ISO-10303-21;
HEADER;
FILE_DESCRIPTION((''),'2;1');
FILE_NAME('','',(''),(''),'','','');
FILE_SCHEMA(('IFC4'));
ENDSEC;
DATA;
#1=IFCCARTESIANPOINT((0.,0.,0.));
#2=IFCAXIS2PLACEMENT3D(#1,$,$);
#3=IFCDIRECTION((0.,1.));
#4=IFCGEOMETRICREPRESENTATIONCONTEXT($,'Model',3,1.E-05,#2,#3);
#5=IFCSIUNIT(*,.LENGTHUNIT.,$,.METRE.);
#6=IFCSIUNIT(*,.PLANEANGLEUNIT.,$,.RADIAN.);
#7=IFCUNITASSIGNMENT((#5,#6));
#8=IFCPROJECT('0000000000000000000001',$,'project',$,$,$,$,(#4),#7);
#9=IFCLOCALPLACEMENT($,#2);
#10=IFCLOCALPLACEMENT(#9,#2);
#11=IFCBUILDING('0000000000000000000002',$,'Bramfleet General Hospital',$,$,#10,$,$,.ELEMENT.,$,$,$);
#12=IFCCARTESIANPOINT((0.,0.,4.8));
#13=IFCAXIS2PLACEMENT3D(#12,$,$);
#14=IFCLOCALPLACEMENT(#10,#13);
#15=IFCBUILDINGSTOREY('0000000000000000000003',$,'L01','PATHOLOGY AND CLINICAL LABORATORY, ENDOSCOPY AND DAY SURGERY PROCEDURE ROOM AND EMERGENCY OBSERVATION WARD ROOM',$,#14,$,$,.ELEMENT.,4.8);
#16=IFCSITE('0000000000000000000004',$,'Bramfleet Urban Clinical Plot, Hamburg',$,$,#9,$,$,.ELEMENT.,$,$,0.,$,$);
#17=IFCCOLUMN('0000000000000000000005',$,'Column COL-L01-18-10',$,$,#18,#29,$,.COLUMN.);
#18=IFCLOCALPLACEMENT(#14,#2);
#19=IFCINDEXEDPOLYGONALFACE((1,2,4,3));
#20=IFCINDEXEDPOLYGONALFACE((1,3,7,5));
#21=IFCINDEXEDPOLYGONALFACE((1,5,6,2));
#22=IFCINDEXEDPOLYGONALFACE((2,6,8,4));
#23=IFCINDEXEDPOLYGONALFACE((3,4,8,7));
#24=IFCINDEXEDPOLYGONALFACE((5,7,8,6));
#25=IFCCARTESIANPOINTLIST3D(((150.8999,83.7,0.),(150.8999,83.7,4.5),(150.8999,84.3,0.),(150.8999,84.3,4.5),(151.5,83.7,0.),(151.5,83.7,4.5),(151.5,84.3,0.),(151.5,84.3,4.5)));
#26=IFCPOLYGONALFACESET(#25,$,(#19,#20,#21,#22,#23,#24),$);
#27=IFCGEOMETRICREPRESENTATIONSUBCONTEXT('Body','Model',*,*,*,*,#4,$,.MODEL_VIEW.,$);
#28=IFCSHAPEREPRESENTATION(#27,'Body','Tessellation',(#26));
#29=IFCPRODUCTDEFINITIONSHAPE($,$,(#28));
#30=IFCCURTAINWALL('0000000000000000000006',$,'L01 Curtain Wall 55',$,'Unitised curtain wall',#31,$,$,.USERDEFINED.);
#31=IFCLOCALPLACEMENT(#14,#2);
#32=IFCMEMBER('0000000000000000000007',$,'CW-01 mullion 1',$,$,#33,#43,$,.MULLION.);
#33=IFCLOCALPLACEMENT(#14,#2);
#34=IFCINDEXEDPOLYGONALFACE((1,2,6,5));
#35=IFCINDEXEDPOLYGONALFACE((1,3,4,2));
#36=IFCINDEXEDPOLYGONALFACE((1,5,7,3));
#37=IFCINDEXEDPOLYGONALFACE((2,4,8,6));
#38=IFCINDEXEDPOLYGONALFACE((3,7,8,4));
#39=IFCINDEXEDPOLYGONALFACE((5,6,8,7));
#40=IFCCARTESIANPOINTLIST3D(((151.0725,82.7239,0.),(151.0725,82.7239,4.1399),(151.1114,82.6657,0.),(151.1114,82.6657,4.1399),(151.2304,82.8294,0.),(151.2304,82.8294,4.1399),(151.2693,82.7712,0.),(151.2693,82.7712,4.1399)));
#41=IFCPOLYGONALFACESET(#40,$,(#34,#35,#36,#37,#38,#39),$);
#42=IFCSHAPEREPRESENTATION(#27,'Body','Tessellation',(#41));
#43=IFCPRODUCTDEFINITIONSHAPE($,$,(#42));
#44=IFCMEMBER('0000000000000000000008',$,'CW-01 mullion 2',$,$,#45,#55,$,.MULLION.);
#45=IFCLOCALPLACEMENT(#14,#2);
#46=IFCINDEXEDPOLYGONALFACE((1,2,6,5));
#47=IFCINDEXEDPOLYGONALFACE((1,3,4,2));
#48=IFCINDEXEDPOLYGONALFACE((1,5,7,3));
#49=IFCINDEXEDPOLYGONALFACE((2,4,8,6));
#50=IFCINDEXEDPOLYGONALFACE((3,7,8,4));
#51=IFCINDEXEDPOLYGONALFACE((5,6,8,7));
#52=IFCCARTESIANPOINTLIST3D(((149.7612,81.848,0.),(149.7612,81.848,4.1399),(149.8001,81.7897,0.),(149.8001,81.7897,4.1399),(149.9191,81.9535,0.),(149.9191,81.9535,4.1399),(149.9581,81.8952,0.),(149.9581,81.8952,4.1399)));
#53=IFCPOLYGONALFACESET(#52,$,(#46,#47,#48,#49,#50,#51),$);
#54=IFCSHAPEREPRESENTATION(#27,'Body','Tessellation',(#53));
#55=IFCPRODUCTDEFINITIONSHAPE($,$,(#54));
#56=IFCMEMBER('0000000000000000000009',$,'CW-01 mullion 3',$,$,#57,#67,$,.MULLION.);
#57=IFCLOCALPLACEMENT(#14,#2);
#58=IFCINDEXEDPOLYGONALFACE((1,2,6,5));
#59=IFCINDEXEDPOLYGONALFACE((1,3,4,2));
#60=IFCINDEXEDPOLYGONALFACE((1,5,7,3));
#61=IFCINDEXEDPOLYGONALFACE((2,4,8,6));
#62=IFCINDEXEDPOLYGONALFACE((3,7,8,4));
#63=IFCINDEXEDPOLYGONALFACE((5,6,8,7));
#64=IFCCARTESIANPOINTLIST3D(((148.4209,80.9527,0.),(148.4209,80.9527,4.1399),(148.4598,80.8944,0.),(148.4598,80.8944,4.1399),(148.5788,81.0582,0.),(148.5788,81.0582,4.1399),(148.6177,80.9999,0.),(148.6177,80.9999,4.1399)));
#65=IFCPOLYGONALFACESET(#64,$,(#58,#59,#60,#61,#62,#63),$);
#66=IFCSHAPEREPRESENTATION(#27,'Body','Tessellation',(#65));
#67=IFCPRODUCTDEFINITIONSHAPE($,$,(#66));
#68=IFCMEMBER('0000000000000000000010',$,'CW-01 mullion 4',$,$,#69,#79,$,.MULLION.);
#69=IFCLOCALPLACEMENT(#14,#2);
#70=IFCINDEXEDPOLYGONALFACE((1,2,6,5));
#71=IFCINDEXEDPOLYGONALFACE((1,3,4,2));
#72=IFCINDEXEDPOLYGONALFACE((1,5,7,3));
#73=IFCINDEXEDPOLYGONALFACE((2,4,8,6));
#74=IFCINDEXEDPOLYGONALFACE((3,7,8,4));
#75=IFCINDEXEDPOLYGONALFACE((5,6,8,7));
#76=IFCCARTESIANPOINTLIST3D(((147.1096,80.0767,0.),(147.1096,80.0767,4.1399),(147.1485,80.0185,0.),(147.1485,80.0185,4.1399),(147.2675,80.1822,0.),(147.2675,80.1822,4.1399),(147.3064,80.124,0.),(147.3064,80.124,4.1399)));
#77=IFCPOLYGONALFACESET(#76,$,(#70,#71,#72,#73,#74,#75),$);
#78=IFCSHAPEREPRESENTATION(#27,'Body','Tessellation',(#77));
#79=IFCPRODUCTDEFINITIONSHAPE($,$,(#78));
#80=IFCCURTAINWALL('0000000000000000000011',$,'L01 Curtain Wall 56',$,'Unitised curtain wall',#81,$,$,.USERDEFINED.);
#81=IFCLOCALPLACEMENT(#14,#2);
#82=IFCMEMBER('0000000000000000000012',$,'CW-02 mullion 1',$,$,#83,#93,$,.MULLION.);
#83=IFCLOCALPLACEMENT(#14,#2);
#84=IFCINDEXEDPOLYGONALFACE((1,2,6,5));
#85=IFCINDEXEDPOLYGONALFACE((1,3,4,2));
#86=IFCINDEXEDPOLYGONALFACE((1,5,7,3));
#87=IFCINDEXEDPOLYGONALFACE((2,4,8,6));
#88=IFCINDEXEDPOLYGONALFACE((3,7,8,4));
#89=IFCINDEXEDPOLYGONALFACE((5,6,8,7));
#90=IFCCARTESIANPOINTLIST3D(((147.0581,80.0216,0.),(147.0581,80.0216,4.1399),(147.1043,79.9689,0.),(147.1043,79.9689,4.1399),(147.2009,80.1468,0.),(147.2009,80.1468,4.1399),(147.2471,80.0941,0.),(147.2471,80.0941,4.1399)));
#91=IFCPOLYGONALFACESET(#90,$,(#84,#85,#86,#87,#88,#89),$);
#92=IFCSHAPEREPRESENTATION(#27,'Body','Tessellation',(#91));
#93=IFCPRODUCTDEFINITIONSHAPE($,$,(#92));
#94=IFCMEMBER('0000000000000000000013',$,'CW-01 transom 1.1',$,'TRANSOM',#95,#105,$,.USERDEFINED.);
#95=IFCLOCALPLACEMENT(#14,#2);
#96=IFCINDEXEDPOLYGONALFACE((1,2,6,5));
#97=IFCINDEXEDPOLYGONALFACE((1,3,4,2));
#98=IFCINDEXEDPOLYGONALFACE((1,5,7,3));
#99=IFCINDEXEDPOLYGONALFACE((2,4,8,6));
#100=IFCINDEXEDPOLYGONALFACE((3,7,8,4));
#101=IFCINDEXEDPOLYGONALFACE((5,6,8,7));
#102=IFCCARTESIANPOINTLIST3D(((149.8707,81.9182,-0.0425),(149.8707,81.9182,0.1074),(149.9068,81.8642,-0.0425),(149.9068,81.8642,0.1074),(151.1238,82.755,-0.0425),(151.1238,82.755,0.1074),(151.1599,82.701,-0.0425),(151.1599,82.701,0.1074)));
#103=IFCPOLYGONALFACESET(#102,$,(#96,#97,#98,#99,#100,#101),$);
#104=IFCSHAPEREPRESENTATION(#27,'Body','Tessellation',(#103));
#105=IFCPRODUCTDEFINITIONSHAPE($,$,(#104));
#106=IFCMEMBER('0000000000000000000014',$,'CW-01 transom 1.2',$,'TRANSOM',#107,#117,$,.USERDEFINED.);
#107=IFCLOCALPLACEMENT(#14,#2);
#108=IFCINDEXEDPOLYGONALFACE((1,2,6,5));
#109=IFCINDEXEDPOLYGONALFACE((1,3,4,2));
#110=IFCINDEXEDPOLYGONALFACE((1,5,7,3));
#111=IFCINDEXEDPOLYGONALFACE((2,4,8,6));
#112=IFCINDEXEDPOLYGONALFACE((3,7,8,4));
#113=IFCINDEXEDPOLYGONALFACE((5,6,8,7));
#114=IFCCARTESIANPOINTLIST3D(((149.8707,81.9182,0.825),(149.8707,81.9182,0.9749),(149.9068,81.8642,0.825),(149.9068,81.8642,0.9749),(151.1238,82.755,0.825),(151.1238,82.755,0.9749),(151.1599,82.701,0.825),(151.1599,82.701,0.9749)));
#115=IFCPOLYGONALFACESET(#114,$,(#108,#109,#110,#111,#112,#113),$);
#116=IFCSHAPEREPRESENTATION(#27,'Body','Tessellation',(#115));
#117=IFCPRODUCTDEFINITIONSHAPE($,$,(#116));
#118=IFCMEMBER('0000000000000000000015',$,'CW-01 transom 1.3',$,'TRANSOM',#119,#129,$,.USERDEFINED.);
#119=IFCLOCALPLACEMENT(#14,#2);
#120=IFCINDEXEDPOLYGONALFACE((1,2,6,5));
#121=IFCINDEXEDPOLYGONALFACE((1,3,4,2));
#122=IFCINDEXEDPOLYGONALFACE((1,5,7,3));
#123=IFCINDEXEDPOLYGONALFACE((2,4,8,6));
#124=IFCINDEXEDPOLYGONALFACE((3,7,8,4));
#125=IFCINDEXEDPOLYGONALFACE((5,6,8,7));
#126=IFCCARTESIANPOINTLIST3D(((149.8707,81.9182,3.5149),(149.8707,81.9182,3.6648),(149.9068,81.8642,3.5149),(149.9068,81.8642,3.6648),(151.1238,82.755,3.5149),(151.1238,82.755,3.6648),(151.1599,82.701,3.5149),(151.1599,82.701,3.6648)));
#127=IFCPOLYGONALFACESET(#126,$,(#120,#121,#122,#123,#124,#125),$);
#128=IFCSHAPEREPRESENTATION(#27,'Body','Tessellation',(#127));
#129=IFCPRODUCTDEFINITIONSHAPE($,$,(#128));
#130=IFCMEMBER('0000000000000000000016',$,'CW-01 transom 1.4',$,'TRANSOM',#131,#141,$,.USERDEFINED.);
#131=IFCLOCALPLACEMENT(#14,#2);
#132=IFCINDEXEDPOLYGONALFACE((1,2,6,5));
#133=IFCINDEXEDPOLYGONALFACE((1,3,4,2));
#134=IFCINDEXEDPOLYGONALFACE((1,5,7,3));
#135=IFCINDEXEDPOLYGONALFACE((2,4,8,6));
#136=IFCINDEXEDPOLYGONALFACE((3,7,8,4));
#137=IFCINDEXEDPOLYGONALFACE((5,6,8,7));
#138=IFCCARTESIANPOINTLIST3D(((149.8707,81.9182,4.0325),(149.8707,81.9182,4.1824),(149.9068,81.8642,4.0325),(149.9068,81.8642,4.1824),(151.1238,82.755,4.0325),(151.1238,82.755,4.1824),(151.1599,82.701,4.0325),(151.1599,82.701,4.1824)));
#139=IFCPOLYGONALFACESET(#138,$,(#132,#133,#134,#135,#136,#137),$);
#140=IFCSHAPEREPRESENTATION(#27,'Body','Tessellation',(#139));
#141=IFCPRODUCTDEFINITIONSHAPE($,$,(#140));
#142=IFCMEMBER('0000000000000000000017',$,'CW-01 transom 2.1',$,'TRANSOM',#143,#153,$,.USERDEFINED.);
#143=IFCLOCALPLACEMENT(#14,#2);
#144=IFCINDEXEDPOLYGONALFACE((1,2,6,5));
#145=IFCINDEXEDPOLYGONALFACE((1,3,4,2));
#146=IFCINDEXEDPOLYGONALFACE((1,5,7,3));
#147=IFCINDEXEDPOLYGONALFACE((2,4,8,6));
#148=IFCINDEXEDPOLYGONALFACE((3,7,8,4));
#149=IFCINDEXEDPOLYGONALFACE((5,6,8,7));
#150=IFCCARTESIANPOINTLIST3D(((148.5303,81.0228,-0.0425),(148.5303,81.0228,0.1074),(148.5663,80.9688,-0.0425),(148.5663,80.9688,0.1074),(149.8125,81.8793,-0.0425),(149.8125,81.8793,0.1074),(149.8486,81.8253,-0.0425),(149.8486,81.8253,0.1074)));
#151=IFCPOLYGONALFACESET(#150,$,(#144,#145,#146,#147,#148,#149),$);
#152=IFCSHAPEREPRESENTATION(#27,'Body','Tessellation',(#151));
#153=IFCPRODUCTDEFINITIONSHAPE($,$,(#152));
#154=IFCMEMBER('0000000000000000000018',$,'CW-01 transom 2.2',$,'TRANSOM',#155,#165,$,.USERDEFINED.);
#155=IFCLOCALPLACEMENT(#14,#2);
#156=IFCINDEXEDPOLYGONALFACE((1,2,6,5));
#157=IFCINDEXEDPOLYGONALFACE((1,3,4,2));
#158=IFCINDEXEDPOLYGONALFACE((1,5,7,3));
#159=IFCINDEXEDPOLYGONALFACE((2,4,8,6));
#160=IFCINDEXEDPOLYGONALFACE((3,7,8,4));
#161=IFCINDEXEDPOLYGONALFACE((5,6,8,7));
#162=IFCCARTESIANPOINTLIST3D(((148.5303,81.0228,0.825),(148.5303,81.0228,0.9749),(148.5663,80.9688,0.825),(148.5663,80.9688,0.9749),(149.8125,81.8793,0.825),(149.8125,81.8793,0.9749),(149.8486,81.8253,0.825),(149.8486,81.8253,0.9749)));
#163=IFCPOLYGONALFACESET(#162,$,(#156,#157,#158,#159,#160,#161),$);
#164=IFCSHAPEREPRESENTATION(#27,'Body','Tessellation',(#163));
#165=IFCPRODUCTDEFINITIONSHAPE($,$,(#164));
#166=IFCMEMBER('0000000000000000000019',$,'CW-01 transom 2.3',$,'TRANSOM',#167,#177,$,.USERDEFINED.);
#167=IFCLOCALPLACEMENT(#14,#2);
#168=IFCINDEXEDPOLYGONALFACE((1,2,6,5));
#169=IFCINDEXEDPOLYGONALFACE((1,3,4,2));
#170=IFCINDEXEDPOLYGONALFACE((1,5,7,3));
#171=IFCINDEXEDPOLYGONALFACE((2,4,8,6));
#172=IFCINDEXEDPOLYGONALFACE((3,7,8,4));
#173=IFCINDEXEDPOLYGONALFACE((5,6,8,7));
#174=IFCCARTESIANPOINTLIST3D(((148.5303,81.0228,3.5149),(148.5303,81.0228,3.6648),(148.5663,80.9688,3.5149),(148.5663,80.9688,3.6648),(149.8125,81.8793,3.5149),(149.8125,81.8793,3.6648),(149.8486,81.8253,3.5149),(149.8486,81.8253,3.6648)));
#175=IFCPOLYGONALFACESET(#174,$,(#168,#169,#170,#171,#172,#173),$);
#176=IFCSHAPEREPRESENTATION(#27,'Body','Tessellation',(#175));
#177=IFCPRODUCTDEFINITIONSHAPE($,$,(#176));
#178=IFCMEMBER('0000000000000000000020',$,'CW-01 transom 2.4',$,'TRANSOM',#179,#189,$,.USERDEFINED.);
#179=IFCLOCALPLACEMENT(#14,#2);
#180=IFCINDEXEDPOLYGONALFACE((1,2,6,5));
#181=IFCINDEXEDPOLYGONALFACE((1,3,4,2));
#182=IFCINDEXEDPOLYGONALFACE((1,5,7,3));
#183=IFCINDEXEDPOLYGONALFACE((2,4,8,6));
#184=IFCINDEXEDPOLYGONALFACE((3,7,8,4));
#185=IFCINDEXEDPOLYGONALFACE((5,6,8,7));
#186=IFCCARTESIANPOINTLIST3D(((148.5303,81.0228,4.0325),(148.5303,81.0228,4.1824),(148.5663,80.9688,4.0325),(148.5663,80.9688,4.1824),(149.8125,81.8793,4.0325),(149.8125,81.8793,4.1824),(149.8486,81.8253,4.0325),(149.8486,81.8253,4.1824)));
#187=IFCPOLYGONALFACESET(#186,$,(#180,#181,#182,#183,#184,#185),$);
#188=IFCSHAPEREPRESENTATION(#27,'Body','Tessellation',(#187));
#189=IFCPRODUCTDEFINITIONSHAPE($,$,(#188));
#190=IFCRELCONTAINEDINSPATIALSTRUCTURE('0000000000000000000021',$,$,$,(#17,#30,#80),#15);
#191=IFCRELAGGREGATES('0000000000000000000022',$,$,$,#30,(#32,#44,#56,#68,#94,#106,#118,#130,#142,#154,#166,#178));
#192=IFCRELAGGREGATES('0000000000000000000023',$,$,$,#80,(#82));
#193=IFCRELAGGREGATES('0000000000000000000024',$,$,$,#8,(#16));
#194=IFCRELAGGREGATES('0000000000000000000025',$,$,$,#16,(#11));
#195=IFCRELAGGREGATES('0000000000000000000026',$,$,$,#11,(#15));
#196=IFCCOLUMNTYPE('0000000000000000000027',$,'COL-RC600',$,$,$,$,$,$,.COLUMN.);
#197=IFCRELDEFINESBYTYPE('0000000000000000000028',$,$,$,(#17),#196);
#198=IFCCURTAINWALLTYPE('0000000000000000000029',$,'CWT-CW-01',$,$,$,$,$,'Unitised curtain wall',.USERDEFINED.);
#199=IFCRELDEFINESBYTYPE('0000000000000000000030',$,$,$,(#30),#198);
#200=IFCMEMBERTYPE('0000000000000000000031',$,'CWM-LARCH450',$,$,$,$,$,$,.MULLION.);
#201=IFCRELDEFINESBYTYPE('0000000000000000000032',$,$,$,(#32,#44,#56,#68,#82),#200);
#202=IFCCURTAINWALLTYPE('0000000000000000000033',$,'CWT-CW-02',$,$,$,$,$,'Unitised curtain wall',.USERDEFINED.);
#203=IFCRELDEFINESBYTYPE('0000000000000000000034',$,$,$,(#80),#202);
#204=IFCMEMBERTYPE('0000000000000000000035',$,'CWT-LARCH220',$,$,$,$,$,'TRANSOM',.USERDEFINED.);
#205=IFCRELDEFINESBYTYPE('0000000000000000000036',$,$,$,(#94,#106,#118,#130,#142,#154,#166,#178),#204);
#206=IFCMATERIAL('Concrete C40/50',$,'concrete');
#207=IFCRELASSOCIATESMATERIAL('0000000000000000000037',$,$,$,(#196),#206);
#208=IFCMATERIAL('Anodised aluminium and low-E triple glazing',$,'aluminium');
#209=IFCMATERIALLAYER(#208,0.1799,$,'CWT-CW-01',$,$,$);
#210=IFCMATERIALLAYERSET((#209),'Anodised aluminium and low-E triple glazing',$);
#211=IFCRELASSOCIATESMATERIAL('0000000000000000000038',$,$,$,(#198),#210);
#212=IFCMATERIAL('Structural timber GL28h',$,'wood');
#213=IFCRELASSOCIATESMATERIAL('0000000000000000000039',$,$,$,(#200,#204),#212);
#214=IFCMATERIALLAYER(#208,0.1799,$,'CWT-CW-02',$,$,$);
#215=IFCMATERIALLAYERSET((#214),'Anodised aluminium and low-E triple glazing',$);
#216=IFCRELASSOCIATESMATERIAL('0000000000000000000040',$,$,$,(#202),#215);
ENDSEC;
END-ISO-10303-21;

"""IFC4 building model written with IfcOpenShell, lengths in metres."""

from ifc_helpers import new_model, si_unit, direction, frame, origin, origin_2d, place, context, subcontext, project, spatial, rectangle, extrude, material, layer, layer_set, material_profile, profile_set, type_object, element, aggregate, save


model = new_model("IFC4")

# Units and contexts
model_context = context("Model", 3, precision=1e-05, world=origin(), true_north=direction((0.0, 1.0)))
body_context = subcontext(model_context, "Body", "Model", "MODEL_VIEW")
ifc_project = project(units=[si_unit("LENGTHUNIT", "METRE"), si_unit("PLANEANGLEUNIT", "RADIAN")], contexts=[model_context])

# Site, building, storey
site_placement = place(None, origin())
site = spatial("IfcSite", under=ifc_project, at=site_placement, Name="Bramfleet Urban Clinical Plot, Hamburg", CompositionType="ELEMENT", RefElevation=0.0)
building_placement = place(site_placement, origin())
building = spatial("IfcBuilding", under=site, at=building_placement, Name="Bramfleet General Hospital", CompositionType="ELEMENT")
storey_placement = place(building_placement, frame((0.0, 0.0, 4.8)))
storey = spatial("IfcBuildingStorey", under=building, at=storey_placement, Name="L01", Description="PATHOLOGY AND CLINICAL LABORATORY, ENDOSCOPY AND DAY SURGERY PROCEDURE ROOM AND EMERGENCY OBSERVATION WARD ROOM", CompositionType="ELEMENT", Elevation=4.8)

# Column
ifc_material_1 = material(Name="Concrete C40/50", Category="concrete")
ifc_material_profile_1 = material_profile(ifc_material_1, rectangle(XDim=0.6001, YDim=0.6001, at=origin_2d()), Name="RC COL 600x600")
ifc_profile_set_1 = profile_set([ifc_material_profile_1], Name="Concrete C40/50")
column_type = type_object("IfcColumnType", Name="COL-RC600", PredefinedType="COLUMN", material=ifc_profile_set_1)
column_placement = place(storey_placement, frame((151.2, 84.0, 0.0), z_axis=(0.0, 0.0, 1.0), x_axis=(1.0, 0.0, 0.0)))
element("IfcColumn", 1, at=column_placement, inside=storey, type_object=column_type, Name="Column COL-L01-18-10", PredefinedType="COLUMN", context=body_context, shape_type="SweptSolid", body=[
    extrude(rectangle(XDim=0.6001, YDim=0.6001, at=origin_2d()), origin(), (0.0, 0.0, 1.0), 4.5),
])

# Curtain wall, members
ifc_material_2 = material(Name="Anodised aluminium and low-E triple glazing", Category="aluminium")
ifc_layer_1 = layer(ifc_material_2, 0.1799, Name="CWT-CW-01")
ifc_layer_set_1 = layer_set([ifc_layer_1], Name="Anodised aluminium and low-E triple glazing")
curtain_wall_type_1 = type_object("IfcCurtainWallType", Name="CWT-CW-01", ElementType="Unitised curtain wall", PredefinedType="USERDEFINED", material=ifc_layer_set_1)
curtain_wall_1_placement = place(storey_placement, origin())
curtain_wall_1 = element("IfcCurtainWall", 2, at=curtain_wall_1_placement, inside=storey, type_object=curtain_wall_type_1, Name="L01 Curtain Wall 55", ObjectType="Unitised curtain wall", PredefinedType="USERDEFINED")
ifc_material_3 = material(Name="Structural timber GL28h", Category="wood")
ifc_material_profile_2 = material_profile(ifc_material_3, rectangle(XDim=0.0701, YDim=0.1899, at=origin_2d()), Name="LARCH 190x70")
ifc_profile_set_2 = profile_set([ifc_material_profile_2], Name="Structural timber GL28h")
member_type_1 = type_object("IfcMemberType", Name="CWM-LARCH450", PredefinedType="MULLION", material=ifc_profile_set_2)
member_1_placement = place(storey_placement, frame((151.1709, 82.7476, 0.0), z_axis=(0.0, 0.0, 1.0), x_axis=(0.555464, -0.831541, 0.0)))
member_1 = element("IfcMember", 3, at=member_1_placement, type_object=member_type_1, Name="CW-01 mullion 1", PredefinedType="MULLION", context=body_context, shape_type="SweptSolid", body=[
    extrude(rectangle(XDim=0.0701, YDim=0.1899, at=origin_2d()), origin(), (0.0, 0.0, 1.0), 4.1399),
])
member_2_placement = place(storey_placement, frame((149.8596, 81.8716, 0.0), z_axis=(0.0, 0.0, 1.0), x_axis=(0.555464, -0.831541, 0.0)))
member_2 = element("IfcMember", 4, at=member_2_placement, type_object=member_type_1, Name="CW-01 mullion 2", PredefinedType="MULLION", context=body_context, shape_type="SweptSolid", body=[
    extrude(rectangle(XDim=0.0701, YDim=0.1899, at=origin_2d()), origin(), (0.0, 0.0, 1.0), 4.1399),
])
member_3_placement = place(storey_placement, frame((148.5193, 80.9763, 0.0), z_axis=(0.0, 0.0, 1.0), x_axis=(0.555464, -0.831541, 0.0)))
member_3 = element("IfcMember", 5, at=member_3_placement, type_object=member_type_1, Name="CW-01 mullion 3", PredefinedType="MULLION", context=body_context, shape_type="SweptSolid", body=[
    extrude(rectangle(XDim=0.0701, YDim=0.1899, at=origin_2d()), origin(), (0.0, 0.0, 1.0), 4.1399),
])
member_4_placement = place(storey_placement, frame((147.208, 80.1003, 0.0), z_axis=(0.0, 0.0, 1.0), x_axis=(0.555464, -0.831541, 0.0)))
member_4 = element("IfcMember", 6, at=member_4_placement, type_object=member_type_1, Name="CW-01 mullion 4", PredefinedType="MULLION", context=body_context, shape_type="SweptSolid", body=[
    extrude(rectangle(XDim=0.0701, YDim=0.1899, at=origin_2d()), origin(), (0.0, 0.0, 1.0), 4.1399),
])

# Curtain wall, member
ifc_layer_2 = layer(ifc_material_2, 0.1799, Name="CWT-CW-02")
ifc_layer_set_2 = layer_set([ifc_layer_2], Name="Anodised aluminium and low-E triple glazing")
curtain_wall_type_2 = type_object("IfcCurtainWallType", Name="CWT-CW-02", ElementType="Unitised curtain wall", PredefinedType="USERDEFINED", material=ifc_layer_set_2)
curtain_wall_2_placement = place(storey_placement, origin())
curtain_wall_2 = element("IfcCurtainWall", 7, at=curtain_wall_2_placement, inside=storey, type_object=curtain_wall_type_2, Name="L01 Curtain Wall 56", ObjectType="Unitised curtain wall", PredefinedType="USERDEFINED")
member_5_placement = place(storey_placement, frame((147.1526, 80.0579, 0.0), z_axis=(0.0, 0.0, 1.0), x_axis=(0.659406, -0.751787, 0.0)))
member_5 = element("IfcMember", 8, at=member_5_placement, type_object=member_type_1, Name="CW-02 mullion 1", PredefinedType="MULLION", context=body_context, shape_type="SweptSolid", body=[
    extrude(rectangle(XDim=0.0701, YDim=0.1899, at=origin_2d()), origin(), (0.0, 0.0, 1.0), 4.1399),
])

# Members
ifc_material_profile_3 = material_profile(ifc_material_3, rectangle(XDim=0.0649, YDim=0.1499, at=origin_2d()), Name="LARCH 150x65")
ifc_profile_set_3 = profile_set([ifc_material_profile_3], Name="Structural timber GL28h")
member_type_2 = type_object("IfcMemberType", Name="CWT-LARCH220", ElementType="TRANSOM", PredefinedType="USERDEFINED", material=ifc_profile_set_3)
member_6_placement = place(storey_placement, frame((151.1418, 82.728, 0.0325), z_axis=(-0.831601, -0.555373, 0.0), x_axis=(0.555373, -0.831601, 0.0)))
member_6 = element("IfcMember", 9, at=member_6_placement, type_object=member_type_2, Name="CW-01 transom 1.1", ObjectType="TRANSOM", PredefinedType="USERDEFINED", context=body_context, shape_type="SweptSolid", body=[
    extrude(rectangle(XDim=0.0649, YDim=0.1499, at=origin_2d()), origin(), (0.0, 0.0, 1.0), 1.5068),
])
member_7_placement = place(storey_placement, frame((151.1418, 82.728, 0.8999), z_axis=(-0.831601, -0.555373, 0.0), x_axis=(0.555373, -0.831601, 0.0)))
member_7 = element("IfcMember", 10, at=member_7_placement, type_object=member_type_2, Name="CW-01 transom 1.2", ObjectType="TRANSOM", PredefinedType="USERDEFINED", context=body_context, shape_type="SweptSolid", body=[
    extrude(rectangle(XDim=0.0649, YDim=0.1499, at=origin_2d()), origin(), (0.0, 0.0, 1.0), 1.5068),
])
member_8_placement = place(storey_placement, frame((151.1418, 82.728, 3.5898), z_axis=(-0.831601, -0.555373, 0.0), x_axis=(0.555373, -0.831601, 0.0)))
member_8 = element("IfcMember", 11, at=member_8_placement, type_object=member_type_2, Name="CW-01 transom 1.3", ObjectType="TRANSOM", PredefinedType="USERDEFINED", context=body_context, shape_type="SweptSolid", body=[
    extrude(rectangle(XDim=0.0649, YDim=0.1499, at=origin_2d()), origin(), (0.0, 0.0, 1.0), 1.5068),
])
member_9_placement = place(storey_placement, frame((151.1418, 82.728, 4.1074), z_axis=(-0.831601, -0.555373, 0.0), x_axis=(0.555373, -0.831601, 0.0)))
member_9 = element("IfcMember", 12, at=member_9_placement, type_object=member_type_2, Name="CW-01 transom 1.4", ObjectType="TRANSOM", PredefinedType="USERDEFINED", context=body_context, shape_type="SweptSolid", body=[
    extrude(rectangle(XDim=0.0649, YDim=0.1499, at=origin_2d()), origin(), (0.0, 0.0, 1.0), 1.5068),
])
member_10_placement = place(storey_placement, frame((149.8306, 81.8523, 0.0325), z_axis=(-0.831563, -0.555431, 0.0), x_axis=(0.555431, -0.831563, 0.0)))
member_10 = element("IfcMember", 13, at=member_10_placement, type_object=member_type_2, Name="CW-01 transom 2.1", ObjectType="TRANSOM", PredefinedType="USERDEFINED", context=body_context, shape_type="SweptSolid", body=[
    extrude(rectangle(XDim=0.0649, YDim=0.1499, at=origin_2d()), origin(), (0.0, 0.0, 1.0), 1.542),
])
member_11_placement = place(storey_placement, frame((149.8306, 81.8523, 0.8999), z_axis=(-0.831563, -0.555431, 0.0), x_axis=(0.555431, -0.831563, 0.0)))
member_11 = element("IfcMember", 14, at=member_11_placement, type_object=member_type_2, Name="CW-01 transom 2.2", ObjectType="TRANSOM", PredefinedType="USERDEFINED", context=body_context, shape_type="SweptSolid", body=[
    extrude(rectangle(XDim=0.0649, YDim=0.1499, at=origin_2d()), origin(), (0.0, 0.0, 1.0), 1.542),
])
member_12_placement = place(storey_placement, frame((149.8306, 81.8523, 3.5898), z_axis=(-0.831563, -0.555431, 0.0), x_axis=(0.555431, -0.831563, 0.0)))
member_12 = element("IfcMember", 15, at=member_12_placement, type_object=member_type_2, Name="CW-01 transom 2.3", ObjectType="TRANSOM", PredefinedType="USERDEFINED", context=body_context, shape_type="SweptSolid", body=[
    extrude(rectangle(XDim=0.0649, YDim=0.1499, at=origin_2d()), origin(), (0.0, 0.0, 1.0), 1.542),
])
member_13_placement = place(storey_placement, frame((149.8306, 81.8523, 4.1074), z_axis=(-0.831563, -0.555431, 0.0), x_axis=(0.555431, -0.831563, 0.0)))
member_13 = element("IfcMember", 16, at=member_13_placement, type_object=member_type_2, Name="CW-01 transom 2.4", ObjectType="TRANSOM", PredefinedType="USERDEFINED", context=body_context, shape_type="SweptSolid", body=[
    extrude(rectangle(XDim=0.0649, YDim=0.1499, at=origin_2d()), origin(), (0.0, 0.0, 1.0), 1.542),
])

aggregate(curtain_wall_1, [member_1, member_2, member_3, member_4, member_6, member_7, member_8, member_9, member_10, member_11, member_12, member_13])
aggregate(curtain_wall_2, [member_5])

save(model, "model.ifc")
